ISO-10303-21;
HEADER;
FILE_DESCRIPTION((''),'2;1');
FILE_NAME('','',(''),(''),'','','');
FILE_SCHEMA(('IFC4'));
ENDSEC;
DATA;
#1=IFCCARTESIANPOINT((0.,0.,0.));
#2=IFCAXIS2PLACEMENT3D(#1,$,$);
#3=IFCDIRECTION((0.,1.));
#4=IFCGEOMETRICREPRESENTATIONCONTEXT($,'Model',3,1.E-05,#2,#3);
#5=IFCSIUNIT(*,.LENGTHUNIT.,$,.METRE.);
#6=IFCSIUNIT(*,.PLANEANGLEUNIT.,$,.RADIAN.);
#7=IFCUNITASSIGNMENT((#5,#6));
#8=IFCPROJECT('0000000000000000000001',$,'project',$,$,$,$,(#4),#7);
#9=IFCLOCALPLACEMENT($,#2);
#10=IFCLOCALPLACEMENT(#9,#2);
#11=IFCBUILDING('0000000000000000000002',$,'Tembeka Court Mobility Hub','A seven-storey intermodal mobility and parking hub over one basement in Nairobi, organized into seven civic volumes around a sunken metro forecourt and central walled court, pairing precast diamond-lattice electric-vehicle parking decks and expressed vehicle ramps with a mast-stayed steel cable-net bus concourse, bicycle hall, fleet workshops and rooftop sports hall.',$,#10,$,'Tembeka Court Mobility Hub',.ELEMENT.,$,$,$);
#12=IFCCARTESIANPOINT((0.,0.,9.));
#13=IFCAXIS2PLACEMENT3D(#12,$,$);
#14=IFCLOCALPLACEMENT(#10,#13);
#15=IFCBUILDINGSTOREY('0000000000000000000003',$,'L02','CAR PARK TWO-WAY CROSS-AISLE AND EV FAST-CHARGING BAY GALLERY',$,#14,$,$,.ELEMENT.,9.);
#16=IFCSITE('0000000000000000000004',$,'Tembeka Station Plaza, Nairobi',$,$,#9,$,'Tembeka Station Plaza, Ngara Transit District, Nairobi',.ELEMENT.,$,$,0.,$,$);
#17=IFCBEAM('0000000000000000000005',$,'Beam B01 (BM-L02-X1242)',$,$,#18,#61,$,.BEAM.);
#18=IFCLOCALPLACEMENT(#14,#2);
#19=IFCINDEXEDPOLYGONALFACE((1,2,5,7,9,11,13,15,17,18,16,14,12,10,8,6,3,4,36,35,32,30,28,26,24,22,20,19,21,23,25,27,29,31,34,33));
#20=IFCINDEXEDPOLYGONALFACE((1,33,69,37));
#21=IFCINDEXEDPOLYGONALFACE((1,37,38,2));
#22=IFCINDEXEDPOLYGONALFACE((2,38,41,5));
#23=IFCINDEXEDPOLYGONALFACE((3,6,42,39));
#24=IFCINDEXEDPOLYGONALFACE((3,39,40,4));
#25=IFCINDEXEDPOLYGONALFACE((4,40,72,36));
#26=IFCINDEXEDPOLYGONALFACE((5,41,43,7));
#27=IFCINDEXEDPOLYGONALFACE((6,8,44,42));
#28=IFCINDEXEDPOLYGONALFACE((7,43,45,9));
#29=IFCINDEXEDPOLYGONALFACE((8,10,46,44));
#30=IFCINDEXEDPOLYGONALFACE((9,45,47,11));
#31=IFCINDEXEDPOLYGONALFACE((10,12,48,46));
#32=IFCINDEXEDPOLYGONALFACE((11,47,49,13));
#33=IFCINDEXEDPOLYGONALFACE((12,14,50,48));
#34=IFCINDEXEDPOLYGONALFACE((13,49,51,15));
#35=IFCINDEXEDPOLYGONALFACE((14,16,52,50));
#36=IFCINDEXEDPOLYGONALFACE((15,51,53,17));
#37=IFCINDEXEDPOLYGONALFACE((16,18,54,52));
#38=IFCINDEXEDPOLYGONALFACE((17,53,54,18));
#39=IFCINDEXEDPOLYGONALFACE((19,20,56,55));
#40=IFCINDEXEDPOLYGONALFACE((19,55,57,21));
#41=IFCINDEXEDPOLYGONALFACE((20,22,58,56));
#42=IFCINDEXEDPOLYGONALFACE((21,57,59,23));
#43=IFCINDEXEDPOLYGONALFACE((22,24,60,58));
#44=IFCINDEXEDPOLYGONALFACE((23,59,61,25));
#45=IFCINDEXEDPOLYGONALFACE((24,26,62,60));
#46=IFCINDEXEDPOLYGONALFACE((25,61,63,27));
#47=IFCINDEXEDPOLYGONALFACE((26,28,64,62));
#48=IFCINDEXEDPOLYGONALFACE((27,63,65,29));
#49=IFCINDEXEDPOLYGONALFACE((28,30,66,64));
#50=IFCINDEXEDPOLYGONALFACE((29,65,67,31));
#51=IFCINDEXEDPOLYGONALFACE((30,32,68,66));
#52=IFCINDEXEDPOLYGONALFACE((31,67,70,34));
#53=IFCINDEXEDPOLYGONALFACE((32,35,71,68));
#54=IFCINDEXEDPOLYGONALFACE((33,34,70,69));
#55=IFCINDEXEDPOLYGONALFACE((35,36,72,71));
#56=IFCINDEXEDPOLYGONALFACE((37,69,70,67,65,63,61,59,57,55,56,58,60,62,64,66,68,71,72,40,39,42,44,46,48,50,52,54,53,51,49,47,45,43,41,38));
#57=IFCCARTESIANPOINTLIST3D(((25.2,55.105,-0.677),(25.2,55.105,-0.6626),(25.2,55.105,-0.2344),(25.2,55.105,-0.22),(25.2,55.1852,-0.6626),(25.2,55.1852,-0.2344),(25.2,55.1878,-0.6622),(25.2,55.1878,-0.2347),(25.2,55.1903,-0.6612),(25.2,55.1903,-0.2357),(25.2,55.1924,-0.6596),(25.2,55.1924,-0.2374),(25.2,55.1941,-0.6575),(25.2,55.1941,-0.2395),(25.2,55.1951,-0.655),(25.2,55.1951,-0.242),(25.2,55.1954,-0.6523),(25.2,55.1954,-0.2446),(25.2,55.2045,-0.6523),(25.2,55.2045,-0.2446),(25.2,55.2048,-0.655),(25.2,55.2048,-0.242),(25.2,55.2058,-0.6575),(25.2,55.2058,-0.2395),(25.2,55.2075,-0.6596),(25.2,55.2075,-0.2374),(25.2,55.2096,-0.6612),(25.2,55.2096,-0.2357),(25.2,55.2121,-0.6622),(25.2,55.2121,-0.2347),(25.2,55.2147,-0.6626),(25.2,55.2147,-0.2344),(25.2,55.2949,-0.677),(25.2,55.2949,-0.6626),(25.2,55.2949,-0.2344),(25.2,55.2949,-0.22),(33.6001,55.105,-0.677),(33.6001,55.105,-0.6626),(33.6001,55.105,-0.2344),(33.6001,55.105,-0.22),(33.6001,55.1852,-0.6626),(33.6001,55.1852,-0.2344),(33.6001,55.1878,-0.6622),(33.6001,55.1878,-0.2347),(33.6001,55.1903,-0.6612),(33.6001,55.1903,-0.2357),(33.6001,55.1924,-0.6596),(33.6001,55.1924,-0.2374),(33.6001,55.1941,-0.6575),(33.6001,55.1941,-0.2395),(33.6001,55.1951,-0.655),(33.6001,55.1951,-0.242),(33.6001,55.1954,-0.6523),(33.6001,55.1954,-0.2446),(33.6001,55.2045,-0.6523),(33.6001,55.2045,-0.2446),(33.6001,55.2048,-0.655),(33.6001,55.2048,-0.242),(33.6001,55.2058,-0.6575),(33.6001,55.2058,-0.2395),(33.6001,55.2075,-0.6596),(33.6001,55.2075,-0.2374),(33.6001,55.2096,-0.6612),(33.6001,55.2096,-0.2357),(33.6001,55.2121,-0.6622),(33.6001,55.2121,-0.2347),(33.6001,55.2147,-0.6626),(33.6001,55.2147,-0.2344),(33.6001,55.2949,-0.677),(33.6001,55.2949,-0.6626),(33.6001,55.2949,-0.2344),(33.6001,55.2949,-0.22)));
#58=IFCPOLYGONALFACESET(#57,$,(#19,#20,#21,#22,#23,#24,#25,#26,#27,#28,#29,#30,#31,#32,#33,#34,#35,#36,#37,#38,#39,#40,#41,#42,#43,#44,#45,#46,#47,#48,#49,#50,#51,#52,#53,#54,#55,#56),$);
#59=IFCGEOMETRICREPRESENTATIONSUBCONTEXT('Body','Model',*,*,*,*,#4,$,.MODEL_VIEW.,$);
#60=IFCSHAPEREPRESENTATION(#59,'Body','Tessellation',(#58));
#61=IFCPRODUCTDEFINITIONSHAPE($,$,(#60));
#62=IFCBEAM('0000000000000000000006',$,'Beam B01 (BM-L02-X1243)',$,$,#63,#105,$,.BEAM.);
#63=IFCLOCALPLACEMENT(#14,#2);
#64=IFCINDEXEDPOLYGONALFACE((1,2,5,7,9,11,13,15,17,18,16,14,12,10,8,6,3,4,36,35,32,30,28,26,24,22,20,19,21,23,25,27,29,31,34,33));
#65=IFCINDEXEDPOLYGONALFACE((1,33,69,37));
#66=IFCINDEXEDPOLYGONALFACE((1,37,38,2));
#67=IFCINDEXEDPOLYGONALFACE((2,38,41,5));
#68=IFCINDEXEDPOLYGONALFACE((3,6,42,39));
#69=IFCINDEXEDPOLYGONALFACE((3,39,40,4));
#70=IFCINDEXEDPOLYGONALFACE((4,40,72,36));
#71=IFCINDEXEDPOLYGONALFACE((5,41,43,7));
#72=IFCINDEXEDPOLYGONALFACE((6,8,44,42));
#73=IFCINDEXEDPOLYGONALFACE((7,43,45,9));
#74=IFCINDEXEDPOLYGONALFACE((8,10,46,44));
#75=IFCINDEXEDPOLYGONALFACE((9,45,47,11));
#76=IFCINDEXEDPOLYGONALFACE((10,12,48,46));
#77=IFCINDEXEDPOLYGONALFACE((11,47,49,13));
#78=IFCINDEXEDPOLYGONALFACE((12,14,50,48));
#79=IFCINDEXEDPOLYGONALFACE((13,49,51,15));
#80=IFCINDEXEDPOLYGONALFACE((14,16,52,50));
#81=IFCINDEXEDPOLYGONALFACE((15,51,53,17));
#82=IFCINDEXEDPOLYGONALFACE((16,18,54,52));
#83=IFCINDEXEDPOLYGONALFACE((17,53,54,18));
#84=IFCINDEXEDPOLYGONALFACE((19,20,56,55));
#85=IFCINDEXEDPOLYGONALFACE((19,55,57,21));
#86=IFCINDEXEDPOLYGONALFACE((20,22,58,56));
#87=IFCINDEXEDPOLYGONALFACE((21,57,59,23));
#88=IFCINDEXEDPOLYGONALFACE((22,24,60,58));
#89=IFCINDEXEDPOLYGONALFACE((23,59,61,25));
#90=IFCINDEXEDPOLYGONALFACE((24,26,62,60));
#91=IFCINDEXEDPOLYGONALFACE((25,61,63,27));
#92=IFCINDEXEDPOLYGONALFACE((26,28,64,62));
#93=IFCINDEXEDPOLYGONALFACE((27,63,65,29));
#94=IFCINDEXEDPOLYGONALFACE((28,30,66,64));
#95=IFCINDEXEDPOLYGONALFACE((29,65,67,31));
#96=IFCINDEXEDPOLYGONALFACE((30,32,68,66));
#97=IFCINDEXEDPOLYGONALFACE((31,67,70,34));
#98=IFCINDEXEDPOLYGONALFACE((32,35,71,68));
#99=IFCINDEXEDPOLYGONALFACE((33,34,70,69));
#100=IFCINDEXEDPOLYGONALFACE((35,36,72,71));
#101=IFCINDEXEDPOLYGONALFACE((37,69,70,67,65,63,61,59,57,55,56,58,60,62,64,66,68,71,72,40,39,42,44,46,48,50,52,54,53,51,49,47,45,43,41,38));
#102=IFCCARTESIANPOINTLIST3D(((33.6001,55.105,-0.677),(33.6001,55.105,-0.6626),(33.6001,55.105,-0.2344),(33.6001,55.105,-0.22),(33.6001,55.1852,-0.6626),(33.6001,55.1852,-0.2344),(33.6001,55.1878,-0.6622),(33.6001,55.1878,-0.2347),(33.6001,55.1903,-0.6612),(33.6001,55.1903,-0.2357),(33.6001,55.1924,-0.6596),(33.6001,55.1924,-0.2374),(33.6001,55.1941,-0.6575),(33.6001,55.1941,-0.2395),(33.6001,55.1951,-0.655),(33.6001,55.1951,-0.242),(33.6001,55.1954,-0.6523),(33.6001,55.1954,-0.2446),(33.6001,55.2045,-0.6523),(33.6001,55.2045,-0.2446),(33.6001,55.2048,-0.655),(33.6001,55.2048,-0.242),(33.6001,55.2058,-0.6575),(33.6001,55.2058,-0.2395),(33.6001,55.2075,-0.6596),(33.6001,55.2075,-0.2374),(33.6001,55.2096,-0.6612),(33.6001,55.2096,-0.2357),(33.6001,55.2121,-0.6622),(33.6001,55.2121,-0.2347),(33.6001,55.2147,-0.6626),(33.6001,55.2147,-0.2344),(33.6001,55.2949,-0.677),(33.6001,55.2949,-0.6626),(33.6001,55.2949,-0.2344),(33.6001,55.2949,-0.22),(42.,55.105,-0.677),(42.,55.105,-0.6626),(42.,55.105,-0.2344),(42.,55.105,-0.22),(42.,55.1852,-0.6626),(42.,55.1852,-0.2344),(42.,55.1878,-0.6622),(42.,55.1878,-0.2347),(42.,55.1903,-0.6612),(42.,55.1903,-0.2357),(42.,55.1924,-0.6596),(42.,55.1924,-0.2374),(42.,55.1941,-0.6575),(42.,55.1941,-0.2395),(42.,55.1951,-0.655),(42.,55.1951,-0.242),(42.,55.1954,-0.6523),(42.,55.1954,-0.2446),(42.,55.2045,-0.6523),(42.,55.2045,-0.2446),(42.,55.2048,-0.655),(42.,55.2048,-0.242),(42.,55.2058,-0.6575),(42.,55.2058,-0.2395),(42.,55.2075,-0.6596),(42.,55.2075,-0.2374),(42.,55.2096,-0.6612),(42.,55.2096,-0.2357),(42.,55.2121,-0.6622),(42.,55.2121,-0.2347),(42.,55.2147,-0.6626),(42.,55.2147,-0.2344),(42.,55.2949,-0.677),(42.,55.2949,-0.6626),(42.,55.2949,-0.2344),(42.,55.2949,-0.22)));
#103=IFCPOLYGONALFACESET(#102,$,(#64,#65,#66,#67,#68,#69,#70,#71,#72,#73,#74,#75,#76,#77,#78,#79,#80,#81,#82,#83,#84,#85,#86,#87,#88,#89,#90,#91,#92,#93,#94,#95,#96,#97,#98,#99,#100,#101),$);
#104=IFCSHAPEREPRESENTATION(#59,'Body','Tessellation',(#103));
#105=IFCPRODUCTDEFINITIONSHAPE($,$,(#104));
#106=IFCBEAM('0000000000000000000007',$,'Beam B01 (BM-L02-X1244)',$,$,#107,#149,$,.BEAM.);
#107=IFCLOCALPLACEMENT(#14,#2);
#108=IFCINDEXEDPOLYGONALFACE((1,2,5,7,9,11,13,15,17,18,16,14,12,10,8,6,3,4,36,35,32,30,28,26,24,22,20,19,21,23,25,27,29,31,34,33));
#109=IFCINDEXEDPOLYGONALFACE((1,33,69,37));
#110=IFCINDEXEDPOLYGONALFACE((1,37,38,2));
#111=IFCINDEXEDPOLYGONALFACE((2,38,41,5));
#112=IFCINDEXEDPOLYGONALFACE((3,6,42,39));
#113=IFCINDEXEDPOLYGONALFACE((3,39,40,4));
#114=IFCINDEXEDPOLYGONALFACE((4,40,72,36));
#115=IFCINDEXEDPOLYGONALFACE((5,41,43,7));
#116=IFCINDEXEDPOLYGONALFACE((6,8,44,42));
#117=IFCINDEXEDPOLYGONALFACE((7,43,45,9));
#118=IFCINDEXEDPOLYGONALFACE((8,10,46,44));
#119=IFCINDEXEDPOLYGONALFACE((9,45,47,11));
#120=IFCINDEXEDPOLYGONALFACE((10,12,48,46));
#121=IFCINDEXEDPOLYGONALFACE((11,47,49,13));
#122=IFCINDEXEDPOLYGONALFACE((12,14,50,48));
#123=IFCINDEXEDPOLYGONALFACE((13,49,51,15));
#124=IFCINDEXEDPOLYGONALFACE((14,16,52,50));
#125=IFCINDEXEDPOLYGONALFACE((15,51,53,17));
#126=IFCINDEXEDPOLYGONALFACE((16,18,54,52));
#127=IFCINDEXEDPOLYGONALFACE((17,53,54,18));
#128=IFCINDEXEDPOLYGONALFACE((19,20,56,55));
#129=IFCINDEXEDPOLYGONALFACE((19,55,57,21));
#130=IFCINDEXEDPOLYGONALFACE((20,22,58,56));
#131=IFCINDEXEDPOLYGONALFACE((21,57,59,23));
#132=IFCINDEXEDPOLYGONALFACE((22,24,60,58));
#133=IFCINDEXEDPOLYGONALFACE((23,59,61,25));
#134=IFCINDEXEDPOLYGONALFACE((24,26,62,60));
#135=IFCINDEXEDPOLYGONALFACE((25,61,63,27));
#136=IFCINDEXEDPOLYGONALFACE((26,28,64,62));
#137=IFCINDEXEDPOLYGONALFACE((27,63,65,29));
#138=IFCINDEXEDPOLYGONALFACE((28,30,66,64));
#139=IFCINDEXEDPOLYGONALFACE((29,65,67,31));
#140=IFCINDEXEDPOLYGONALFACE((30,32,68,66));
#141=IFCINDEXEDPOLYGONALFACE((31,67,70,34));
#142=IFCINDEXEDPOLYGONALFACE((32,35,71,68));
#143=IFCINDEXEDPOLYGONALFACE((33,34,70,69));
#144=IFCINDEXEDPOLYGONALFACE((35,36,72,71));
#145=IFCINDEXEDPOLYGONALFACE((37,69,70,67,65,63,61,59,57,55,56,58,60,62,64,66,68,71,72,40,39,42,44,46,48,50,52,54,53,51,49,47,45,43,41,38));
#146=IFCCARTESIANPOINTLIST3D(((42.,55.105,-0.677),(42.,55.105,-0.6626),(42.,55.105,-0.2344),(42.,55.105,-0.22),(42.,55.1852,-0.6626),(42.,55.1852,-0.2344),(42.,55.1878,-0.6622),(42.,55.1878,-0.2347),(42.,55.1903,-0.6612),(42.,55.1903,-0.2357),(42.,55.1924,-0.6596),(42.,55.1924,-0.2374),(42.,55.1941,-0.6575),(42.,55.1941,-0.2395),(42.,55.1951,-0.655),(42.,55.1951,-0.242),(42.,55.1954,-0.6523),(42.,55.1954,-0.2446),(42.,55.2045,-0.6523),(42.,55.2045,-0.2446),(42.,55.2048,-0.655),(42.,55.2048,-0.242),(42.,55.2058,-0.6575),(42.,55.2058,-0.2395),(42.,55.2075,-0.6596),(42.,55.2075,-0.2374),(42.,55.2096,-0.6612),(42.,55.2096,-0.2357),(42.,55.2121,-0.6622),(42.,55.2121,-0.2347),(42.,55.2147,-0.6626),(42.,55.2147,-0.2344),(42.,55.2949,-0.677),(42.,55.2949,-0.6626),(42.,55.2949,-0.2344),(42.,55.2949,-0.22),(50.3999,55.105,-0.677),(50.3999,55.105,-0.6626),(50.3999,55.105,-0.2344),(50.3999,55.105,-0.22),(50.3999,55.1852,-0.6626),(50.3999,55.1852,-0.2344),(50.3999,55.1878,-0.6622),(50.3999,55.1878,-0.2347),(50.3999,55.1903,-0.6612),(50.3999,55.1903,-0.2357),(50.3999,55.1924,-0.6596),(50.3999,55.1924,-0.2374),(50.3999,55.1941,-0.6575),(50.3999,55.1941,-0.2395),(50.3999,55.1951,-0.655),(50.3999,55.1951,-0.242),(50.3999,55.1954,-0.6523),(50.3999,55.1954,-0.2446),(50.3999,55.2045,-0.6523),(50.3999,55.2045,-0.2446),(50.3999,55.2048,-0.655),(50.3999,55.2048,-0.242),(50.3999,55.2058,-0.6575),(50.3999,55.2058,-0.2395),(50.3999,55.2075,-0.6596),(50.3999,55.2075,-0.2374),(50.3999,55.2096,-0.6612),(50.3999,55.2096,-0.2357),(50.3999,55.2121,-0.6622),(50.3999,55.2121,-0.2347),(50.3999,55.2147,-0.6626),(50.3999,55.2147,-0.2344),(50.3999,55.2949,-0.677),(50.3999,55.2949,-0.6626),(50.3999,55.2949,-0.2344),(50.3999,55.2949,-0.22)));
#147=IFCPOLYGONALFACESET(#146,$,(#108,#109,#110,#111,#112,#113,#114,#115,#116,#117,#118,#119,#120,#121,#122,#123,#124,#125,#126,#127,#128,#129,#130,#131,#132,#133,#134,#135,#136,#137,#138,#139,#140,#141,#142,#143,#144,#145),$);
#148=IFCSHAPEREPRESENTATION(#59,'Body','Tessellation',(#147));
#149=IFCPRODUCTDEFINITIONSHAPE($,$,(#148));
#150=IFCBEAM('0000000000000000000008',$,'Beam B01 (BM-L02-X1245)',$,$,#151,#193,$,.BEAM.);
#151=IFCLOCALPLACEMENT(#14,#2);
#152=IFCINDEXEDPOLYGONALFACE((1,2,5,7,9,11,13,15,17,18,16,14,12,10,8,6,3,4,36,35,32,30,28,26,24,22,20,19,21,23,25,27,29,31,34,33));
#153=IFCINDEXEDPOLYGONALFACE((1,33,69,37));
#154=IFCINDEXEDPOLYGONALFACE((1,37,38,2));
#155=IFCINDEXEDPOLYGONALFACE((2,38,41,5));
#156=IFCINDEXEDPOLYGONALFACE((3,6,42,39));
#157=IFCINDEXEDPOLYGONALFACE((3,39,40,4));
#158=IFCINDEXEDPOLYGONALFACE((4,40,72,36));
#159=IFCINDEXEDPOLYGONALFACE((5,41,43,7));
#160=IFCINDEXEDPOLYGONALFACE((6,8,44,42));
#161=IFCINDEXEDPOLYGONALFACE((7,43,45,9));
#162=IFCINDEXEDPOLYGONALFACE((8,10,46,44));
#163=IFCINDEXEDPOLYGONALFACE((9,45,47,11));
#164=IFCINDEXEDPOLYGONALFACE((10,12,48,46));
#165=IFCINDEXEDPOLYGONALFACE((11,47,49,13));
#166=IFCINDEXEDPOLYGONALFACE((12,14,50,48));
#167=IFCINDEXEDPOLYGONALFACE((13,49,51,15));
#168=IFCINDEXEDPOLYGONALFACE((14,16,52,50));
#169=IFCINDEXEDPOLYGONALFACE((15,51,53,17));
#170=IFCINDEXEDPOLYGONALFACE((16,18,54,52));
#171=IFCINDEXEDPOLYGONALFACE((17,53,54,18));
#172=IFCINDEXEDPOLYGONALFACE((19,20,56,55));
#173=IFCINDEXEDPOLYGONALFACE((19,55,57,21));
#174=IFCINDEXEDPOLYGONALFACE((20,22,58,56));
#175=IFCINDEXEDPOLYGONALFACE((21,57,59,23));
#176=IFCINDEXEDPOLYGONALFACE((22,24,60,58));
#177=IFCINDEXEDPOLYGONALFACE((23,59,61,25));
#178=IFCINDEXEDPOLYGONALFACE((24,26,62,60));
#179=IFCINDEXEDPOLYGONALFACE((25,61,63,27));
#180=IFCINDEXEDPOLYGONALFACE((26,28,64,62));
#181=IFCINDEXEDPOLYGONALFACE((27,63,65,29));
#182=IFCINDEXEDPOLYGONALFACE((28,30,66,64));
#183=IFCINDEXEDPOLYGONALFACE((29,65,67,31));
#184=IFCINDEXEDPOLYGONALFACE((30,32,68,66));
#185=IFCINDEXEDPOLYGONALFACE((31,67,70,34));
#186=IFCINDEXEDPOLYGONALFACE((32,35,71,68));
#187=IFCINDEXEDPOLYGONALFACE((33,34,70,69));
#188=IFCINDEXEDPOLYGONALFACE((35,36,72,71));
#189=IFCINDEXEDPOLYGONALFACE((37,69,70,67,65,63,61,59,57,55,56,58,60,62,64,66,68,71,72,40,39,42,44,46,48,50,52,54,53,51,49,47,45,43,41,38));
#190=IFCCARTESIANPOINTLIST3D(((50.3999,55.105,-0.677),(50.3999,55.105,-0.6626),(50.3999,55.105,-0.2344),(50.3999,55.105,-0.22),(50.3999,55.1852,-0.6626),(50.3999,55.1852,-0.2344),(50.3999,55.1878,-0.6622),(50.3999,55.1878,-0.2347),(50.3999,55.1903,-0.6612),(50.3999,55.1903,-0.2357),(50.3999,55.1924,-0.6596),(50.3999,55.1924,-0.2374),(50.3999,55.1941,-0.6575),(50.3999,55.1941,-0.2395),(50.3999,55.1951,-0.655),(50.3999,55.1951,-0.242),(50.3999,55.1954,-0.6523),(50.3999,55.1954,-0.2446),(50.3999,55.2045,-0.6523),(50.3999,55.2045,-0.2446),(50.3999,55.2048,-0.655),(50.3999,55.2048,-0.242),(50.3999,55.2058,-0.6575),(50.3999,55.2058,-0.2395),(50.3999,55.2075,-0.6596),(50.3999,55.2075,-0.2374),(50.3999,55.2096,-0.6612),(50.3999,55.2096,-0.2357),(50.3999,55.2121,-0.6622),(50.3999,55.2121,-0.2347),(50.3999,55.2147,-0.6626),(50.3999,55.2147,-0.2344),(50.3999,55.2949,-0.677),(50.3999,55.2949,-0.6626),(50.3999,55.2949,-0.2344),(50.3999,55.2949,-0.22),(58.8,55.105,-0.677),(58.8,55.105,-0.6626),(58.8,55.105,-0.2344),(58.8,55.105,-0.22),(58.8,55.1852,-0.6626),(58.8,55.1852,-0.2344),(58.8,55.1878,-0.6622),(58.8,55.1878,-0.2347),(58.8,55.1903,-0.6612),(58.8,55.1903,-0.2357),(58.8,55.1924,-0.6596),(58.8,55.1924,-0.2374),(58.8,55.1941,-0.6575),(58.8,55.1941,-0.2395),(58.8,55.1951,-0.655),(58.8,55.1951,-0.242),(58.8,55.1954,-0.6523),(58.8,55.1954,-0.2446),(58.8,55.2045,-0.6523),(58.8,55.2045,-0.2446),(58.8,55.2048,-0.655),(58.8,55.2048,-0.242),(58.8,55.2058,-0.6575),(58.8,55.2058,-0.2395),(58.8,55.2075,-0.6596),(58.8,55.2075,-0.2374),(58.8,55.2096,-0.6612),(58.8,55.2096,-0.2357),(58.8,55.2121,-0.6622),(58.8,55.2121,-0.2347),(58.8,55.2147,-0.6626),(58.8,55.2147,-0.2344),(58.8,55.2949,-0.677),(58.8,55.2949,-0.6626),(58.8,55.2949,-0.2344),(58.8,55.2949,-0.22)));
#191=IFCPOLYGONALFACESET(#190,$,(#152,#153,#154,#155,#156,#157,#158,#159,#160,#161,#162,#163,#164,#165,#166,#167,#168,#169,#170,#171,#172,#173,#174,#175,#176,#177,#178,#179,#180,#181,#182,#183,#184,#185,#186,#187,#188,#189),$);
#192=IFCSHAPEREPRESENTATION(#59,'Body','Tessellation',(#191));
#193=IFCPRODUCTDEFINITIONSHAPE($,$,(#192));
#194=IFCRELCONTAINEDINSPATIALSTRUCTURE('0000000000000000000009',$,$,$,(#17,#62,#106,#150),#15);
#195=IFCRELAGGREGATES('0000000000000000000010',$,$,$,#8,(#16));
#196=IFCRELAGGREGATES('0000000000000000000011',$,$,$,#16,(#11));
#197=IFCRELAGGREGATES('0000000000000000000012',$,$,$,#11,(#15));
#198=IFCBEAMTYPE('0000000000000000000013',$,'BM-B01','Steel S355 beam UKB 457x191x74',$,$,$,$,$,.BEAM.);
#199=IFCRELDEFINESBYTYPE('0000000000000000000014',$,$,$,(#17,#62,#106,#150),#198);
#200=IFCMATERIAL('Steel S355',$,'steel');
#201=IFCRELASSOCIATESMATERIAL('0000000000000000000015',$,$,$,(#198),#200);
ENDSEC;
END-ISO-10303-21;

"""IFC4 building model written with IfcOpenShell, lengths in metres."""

from ifc_helpers import new_model, si_unit, direction, frame, origin, origin_2d, place, context, subcontext, project, spatial, i_section, extrude, material, material_profile, profile_set, type_object, element, save


model = new_model("IFC4")

# Units and contexts
model_context = context("Model", 3, precision=1e-05, world=origin(), true_north=direction((0.0, 1.0)))
body_context = subcontext(model_context, "Body", "Model", "MODEL_VIEW")
ifc_project = project(units=[si_unit("LENGTHUNIT", "METRE"), si_unit("PLANEANGLEUNIT", "RADIAN")], contexts=[model_context])

# Site, building, storey
site_placement = place(None, origin())
site = spatial("IfcSite", under=ifc_project, at=site_placement, Name="Tembeka Station Plaza, Nairobi", LongName="Tembeka Station Plaza, Ngara Transit District, Nairobi", CompositionType="ELEMENT", RefElevation=0.0)
building_placement = place(site_placement, origin())
building = spatial("IfcBuilding", under=site, at=building_placement, Name="Tembeka Court Mobility Hub", Description="A seven-storey intermodal mobility and parking hub over one basement in Nairobi, organized into seven civic volumes around a sunken metro forecourt and central walled court, pairing precast diamond-lattice electric-vehicle parking decks and expressed vehicle ramps with a mast-stayed steel cable-net bus concourse, bicycle hall, fleet workshops and rooftop sports hall.", LongName="Tembeka Court Mobility Hub", CompositionType="ELEMENT")
storey_placement = place(building_placement, frame((0.0, 0.0, 9.0)))
storey = spatial("IfcBuildingStorey", under=building, at=storey_placement, Name="L02", Description="CAR PARK TWO-WAY CROSS-AISLE AND EV FAST-CHARGING BAY GALLERY", CompositionType="ELEMENT", Elevation=9.0)

# Shared definitions
ifc_material_1 = material(Name="Steel S355", Category="steel")

# Beams
ifc_material_profile_1 = material_profile(ifc_material_1, i_section(OverallWidth=0.1899, OverallDepth=0.457, WebThickness=0.009, FlangeThickness=0.0144, FilletRadius=0.0103, at=origin_2d()), Name="UKB 457x191x74")
ifc_profile_set_1 = profile_set([ifc_material_profile_1], Name="Steel S355")
beam_type_1 = type_object("IfcBeamType", Name="BM-B01", Description="Steel S355 beam UKB 457x191x74", PredefinedType="BEAM", material=ifc_profile_set_1)
for number, where, z_axis, x_axis, name in (
    (1, (25.2, 55.2, -0.4485), (1.0, 0.0, 0.0), (0.0, 1.0, 0.0), "Beam B01 (BM-L02-X1242)"),
):
    element("IfcBeam", number, at=place(storey_placement, frame(where, z_axis=z_axis, x_axis=x_axis)), inside=storey, type_object=beam_type_1, Name=name, PredefinedType="BEAM", context=body_context, shape_type="SweptSolid", body=[
        extrude(i_section(OverallWidth=0.1899, OverallDepth=0.457, WebThickness=0.009, FlangeThickness=0.0144, FilletRadius=0.0103, at=origin_2d()), origin(), (0.0, 0.0, 1.0), 8.4001),
    ])
for number, where, z_axis, x_axis, name in (
    (2, (33.6001, 55.2, -0.4485), (1.0, 0.0, 0.0), (0.0, 1.0, 0.0), "Beam B01 (BM-L02-X1243)"),
    (3, (42.0, 55.2, -0.4485), (1.0, 0.0, 0.0), (0.0, 1.0, 0.0), "Beam B01 (BM-L02-X1244)"),
):
    element("IfcBeam", number, at=place(storey_placement, frame(where, z_axis=z_axis, x_axis=x_axis)), inside=storey, type_object=beam_type_1, Name=name, PredefinedType="BEAM", context=body_context, shape_type="SweptSolid", body=[
        extrude(i_section(OverallWidth=0.1899, OverallDepth=0.457, WebThickness=0.009, FlangeThickness=0.0144, FilletRadius=0.0103, at=origin_2d()), origin(), (0.0, 0.0, 1.0), 8.3999),
    ])
beam_1_placement = place(storey_placement, frame((50.3999, 55.2, -0.4485), z_axis=(1.0, 0.0, 0.0), x_axis=(0.0, 1.0, 0.0)))
element("IfcBeam", 4, at=beam_1_placement, inside=storey, type_object=beam_type_1, Name="Beam B01 (BM-L02-X1245)", PredefinedType="BEAM", context=body_context, shape_type="SweptSolid", body=[
    extrude(i_section(OverallWidth=0.1899, OverallDepth=0.457, WebThickness=0.009, FlangeThickness=0.0144, FilletRadius=0.0103, at=origin_2d()), origin(), (0.0, 0.0, 1.0), 8.4001),
])

save(model, "model.ifc")
